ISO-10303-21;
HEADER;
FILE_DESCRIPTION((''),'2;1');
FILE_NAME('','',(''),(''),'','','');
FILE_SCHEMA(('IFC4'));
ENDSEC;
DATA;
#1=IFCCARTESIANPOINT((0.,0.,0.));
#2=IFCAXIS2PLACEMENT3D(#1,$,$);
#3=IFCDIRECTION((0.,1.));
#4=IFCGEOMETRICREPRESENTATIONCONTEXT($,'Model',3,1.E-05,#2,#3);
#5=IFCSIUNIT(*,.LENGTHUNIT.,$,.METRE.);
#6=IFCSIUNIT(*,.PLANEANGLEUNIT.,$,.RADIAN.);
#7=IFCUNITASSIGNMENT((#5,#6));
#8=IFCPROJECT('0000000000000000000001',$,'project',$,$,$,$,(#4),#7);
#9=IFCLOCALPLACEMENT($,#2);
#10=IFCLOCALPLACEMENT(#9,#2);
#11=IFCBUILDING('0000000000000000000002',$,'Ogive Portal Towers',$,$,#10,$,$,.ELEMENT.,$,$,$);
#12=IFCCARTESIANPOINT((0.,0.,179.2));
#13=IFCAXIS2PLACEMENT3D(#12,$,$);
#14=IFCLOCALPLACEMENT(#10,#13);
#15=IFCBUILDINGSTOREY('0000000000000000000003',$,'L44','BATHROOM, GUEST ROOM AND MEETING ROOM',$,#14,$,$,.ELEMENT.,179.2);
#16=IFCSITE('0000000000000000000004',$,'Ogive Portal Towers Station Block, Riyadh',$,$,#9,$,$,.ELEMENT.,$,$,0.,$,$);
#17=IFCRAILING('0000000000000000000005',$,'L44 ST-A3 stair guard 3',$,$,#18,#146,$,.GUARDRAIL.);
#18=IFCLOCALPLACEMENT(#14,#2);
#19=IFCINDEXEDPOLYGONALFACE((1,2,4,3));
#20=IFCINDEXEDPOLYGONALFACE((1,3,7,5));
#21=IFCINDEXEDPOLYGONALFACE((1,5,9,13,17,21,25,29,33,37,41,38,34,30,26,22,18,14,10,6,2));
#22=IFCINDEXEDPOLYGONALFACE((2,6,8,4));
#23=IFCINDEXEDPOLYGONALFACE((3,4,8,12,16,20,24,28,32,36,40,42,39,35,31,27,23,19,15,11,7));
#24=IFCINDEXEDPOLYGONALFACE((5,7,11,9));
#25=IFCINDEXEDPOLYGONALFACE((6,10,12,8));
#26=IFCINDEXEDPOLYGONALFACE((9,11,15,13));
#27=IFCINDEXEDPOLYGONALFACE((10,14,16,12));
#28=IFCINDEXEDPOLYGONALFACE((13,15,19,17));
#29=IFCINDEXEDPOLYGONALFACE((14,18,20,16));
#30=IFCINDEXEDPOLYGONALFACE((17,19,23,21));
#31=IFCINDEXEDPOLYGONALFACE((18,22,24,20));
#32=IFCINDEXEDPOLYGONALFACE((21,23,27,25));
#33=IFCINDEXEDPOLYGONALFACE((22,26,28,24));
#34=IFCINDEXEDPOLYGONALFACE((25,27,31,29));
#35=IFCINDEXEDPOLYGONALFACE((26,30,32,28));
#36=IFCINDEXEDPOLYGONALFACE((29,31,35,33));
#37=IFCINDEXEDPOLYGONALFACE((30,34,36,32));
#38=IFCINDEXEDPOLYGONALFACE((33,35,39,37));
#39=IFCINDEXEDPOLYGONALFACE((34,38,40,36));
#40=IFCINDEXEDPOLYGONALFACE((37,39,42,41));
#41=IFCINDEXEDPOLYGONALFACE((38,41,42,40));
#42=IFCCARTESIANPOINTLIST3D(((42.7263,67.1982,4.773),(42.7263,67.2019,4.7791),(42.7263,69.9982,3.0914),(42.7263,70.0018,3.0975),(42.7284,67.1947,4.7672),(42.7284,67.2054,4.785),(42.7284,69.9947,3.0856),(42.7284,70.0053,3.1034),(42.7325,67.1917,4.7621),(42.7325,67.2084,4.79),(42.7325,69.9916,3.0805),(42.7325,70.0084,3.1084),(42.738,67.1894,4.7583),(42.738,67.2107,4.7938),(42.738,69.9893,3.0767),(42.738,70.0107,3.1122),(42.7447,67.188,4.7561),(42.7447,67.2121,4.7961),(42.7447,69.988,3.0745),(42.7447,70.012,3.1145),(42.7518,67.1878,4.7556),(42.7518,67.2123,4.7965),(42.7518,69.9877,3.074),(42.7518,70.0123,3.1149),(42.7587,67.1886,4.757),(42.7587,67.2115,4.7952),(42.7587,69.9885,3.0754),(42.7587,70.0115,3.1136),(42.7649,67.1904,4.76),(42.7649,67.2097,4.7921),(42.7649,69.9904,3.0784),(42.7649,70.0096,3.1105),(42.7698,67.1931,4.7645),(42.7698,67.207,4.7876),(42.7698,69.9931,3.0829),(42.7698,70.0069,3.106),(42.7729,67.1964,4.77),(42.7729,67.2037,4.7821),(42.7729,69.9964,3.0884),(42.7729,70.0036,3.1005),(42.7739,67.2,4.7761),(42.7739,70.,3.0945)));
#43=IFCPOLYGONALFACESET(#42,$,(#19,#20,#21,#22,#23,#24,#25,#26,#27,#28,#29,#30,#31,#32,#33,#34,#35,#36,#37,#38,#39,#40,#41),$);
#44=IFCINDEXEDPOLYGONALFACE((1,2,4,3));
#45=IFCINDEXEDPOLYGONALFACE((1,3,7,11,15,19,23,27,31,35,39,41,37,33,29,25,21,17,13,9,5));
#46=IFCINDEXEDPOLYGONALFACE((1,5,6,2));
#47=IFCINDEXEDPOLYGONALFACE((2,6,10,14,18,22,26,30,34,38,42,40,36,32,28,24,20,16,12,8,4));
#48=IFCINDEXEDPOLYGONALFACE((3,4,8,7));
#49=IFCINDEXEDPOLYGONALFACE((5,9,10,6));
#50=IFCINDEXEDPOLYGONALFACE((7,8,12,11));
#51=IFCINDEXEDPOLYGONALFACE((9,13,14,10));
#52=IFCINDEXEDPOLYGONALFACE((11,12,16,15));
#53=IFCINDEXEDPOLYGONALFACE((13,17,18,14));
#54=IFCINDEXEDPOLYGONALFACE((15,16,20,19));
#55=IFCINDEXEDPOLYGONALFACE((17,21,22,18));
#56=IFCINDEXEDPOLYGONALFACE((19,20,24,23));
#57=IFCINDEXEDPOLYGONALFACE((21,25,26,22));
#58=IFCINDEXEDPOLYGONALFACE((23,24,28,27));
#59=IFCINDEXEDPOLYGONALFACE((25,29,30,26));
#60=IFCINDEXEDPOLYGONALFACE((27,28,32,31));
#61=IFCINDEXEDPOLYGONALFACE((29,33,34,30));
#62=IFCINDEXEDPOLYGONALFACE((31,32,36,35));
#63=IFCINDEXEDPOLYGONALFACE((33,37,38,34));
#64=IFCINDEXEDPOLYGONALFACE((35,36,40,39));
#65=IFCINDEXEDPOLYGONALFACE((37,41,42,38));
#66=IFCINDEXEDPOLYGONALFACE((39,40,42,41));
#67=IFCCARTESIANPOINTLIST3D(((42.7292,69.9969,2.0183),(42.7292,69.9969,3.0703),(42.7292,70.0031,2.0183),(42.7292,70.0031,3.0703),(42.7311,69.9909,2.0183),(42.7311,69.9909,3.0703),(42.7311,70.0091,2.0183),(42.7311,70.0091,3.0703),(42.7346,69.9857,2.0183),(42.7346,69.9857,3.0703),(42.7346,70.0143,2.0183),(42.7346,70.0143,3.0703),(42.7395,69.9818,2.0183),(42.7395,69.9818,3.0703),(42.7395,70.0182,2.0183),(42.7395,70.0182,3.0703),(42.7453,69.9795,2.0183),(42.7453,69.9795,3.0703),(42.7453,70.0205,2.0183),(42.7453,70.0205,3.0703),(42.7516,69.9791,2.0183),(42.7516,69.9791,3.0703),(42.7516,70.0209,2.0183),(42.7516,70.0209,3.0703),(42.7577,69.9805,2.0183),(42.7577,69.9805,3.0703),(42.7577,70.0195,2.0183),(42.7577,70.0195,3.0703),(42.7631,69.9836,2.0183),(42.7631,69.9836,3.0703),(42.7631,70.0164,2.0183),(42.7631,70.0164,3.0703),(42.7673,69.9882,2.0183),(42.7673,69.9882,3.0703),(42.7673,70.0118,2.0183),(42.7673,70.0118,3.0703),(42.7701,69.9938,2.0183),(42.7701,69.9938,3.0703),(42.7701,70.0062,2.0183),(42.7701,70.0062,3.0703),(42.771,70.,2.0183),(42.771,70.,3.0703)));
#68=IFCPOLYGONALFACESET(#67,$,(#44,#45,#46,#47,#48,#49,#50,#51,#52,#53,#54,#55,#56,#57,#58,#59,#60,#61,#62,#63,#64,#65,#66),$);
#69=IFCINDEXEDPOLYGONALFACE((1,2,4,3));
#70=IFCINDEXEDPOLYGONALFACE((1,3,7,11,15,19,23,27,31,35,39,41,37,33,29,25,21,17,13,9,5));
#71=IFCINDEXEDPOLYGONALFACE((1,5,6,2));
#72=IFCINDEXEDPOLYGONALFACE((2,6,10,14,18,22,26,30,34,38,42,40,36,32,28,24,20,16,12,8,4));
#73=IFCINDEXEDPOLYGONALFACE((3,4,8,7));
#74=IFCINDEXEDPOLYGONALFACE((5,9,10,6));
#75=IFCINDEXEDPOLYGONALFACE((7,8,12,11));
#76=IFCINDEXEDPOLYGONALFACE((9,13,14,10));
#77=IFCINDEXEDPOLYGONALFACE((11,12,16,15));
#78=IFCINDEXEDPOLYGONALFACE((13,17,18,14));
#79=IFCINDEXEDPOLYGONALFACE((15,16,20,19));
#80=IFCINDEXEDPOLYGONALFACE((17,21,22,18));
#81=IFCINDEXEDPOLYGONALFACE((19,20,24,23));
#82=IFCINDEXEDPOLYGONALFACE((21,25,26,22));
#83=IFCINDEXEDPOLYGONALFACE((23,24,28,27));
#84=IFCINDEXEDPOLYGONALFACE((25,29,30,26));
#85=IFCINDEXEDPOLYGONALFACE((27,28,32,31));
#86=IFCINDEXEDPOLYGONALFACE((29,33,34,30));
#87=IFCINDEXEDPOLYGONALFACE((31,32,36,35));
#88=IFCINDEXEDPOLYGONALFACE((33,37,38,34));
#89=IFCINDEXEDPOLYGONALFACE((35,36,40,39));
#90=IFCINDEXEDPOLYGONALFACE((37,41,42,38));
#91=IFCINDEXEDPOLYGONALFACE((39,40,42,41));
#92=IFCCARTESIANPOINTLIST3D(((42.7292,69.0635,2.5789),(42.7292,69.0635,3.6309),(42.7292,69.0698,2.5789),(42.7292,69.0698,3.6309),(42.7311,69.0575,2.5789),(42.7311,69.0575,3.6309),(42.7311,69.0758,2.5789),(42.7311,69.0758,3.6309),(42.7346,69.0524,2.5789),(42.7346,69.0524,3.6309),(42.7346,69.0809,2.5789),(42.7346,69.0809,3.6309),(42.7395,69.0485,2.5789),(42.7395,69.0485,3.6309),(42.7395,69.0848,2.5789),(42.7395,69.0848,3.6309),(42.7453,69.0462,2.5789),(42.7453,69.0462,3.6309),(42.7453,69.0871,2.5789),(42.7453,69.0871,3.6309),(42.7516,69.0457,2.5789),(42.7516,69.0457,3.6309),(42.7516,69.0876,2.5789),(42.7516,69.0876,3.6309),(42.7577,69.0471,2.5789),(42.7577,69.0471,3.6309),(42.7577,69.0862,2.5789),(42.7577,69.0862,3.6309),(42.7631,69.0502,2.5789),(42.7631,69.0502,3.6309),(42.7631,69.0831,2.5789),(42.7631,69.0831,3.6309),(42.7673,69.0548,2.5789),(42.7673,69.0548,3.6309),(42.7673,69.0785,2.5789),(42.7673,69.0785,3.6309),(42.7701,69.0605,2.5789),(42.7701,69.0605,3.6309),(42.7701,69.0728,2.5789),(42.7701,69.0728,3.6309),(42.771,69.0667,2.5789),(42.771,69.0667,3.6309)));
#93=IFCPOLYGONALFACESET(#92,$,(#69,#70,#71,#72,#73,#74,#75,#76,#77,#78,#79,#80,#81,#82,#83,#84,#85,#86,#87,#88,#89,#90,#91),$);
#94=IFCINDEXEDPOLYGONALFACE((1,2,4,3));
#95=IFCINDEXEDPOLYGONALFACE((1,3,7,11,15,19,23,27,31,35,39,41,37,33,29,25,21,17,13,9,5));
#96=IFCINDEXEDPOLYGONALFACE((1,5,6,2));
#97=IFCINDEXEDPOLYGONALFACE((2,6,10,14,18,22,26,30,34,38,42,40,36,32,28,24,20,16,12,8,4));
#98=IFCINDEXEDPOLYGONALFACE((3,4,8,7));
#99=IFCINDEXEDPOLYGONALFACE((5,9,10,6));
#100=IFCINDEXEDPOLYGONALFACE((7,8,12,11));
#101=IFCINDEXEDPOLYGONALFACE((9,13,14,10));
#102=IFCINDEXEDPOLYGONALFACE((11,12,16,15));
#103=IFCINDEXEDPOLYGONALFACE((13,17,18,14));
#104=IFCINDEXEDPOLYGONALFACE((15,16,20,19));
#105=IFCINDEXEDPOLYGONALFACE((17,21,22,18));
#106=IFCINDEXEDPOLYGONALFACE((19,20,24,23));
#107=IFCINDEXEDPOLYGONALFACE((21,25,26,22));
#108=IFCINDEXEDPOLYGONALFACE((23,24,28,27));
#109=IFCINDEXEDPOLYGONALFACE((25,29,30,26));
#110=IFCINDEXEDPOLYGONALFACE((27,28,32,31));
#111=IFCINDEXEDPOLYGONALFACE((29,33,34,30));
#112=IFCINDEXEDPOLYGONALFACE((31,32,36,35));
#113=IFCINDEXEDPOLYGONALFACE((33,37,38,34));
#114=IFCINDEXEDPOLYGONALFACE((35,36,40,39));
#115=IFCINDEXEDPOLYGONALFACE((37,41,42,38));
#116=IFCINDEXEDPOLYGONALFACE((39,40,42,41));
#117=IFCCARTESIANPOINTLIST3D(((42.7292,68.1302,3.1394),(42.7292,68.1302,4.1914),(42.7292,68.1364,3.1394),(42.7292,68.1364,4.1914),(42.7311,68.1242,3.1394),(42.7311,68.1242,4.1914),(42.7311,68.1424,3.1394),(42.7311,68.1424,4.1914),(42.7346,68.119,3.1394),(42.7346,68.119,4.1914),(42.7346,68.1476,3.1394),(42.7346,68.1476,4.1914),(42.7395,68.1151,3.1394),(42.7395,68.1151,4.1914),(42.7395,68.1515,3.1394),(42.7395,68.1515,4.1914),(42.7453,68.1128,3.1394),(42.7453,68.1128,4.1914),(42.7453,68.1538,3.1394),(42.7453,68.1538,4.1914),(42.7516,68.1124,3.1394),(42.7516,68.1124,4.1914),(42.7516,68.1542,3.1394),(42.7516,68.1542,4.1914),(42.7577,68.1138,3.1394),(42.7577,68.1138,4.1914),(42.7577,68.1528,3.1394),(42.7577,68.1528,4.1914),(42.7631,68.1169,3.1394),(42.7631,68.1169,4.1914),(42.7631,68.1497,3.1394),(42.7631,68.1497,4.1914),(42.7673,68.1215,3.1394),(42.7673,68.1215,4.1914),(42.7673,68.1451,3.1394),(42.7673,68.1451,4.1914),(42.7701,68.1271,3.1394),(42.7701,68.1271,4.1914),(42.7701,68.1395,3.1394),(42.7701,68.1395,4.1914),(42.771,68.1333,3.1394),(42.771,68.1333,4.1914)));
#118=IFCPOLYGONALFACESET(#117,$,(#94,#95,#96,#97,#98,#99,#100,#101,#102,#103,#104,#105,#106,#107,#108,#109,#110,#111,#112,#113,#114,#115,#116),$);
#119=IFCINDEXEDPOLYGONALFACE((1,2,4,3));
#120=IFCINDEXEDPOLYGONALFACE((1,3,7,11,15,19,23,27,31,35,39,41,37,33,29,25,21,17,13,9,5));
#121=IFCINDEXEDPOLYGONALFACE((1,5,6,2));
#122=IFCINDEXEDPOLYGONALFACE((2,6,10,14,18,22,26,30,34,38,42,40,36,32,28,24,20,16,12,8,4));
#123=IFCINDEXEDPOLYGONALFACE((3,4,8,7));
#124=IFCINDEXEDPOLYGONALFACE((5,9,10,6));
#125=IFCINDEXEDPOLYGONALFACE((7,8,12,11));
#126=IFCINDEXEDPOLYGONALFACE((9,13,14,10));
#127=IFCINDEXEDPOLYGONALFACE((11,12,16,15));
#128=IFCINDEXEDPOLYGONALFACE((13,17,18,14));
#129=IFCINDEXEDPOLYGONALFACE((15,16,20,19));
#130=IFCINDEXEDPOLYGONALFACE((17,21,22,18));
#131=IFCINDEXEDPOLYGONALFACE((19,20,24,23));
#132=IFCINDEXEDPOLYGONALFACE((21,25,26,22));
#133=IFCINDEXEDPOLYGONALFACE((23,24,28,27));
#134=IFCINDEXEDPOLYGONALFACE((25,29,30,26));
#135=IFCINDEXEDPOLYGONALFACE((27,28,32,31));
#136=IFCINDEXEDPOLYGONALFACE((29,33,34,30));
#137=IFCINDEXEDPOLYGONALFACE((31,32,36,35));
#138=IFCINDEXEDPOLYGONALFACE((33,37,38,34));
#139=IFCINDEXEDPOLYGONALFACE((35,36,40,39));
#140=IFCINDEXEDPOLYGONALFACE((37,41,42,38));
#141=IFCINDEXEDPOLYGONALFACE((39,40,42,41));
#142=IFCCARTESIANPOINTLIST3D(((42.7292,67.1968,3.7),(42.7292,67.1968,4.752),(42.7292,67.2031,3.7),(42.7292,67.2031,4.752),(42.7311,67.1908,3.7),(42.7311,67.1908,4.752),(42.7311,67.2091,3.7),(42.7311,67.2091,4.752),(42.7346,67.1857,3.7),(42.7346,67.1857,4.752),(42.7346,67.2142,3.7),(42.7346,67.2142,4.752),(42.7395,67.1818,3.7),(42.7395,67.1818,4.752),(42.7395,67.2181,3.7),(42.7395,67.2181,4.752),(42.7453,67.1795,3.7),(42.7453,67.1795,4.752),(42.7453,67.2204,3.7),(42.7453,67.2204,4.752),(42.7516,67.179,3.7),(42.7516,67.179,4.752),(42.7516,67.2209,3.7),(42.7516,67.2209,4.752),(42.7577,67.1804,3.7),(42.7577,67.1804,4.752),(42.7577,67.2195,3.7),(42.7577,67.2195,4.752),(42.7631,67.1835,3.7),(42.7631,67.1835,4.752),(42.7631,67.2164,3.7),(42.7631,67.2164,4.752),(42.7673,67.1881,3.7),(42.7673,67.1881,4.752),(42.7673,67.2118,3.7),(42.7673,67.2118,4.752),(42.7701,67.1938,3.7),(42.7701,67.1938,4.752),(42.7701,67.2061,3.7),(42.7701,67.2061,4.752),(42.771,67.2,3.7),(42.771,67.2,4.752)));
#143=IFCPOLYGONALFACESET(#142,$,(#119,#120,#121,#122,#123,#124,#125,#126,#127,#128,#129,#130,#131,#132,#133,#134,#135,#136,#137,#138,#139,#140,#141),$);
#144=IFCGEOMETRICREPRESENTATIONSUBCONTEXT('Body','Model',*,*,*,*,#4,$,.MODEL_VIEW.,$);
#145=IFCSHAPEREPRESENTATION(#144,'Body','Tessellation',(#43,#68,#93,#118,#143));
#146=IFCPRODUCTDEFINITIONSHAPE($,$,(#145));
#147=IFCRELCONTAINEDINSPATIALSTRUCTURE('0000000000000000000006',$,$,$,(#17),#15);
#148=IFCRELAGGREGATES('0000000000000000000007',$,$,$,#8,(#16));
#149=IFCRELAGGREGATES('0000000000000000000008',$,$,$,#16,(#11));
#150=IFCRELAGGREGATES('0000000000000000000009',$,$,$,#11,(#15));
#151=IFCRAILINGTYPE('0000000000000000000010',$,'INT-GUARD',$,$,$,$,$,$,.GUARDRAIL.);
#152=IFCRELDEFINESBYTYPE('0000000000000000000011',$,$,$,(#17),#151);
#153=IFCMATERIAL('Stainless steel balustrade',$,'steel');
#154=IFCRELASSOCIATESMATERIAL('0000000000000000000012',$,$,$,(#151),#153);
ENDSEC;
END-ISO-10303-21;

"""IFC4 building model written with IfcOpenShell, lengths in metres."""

from ifc_helpers import new_model, si_unit, direction, frame, origin, origin_2d, place, context, subcontext, project, spatial, circle, extrude, material, type_object, element, save


model = new_model("IFC4")

# Units and contexts
model_context = context("Model", 3, precision=1e-05, world=origin(), true_north=direction((0.0, 1.0)))
body_context = subcontext(model_context, "Body", "Model", "MODEL_VIEW")
ifc_project = project(units=[si_unit("LENGTHUNIT", "METRE"), si_unit("PLANEANGLEUNIT", "RADIAN")], contexts=[model_context])

# Site, building, storey
site_placement = place(None, origin())
site = spatial("IfcSite", under=ifc_project, at=site_placement, Name="Ogive Portal Towers Station Block, Riyadh", CompositionType="ELEMENT", RefElevation=0.0)
building_placement = place(site_placement, origin())
building = spatial("IfcBuilding", under=site, at=building_placement, Name="Ogive Portal Towers", CompositionType="ELEMENT")
storey_placement = place(building_placement, frame((0.0, 0.0, 179.2)))
storey = spatial("IfcBuildingStorey", under=building, at=storey_placement, Name="L44", Description="BATHROOM, GUEST ROOM AND MEETING ROOM", CompositionType="ELEMENT", Elevation=179.2)

# Railing
ifc_material_1 = material(Name="Stainless steel balustrade", Category="steel")
railing_type_1 = type_object("IfcRailingType", Name="INT-GUARD", PredefinedType="GUARDRAIL", material=ifc_material_1)
railing_1_placement = place(storey_placement, frame((42.75, 70.0, 2.0183)))
element("IfcRailing", 1, at=railing_1_placement, inside=storey, type_object=railing_type_1, Name="L44 ST-A3 stair guard 3", PredefinedType="GUARDRAIL", context=body_context, shape_type="SweptSolid", body=[
    extrude(circle(Radius=0.0239, at=origin_2d()), frame((0.0, 0.0, 1.0762), z_axis=(0.0, -0.857275, 0.514858), x_axis=(1.0, 0.0, 0.0)), (0.0, 0.0, 1.0), 3.2661),
    extrude(circle(Radius=0.021, at=origin_2d()), origin(), (0.0, 0.0, 1.0), 1.052),
    extrude(circle(Radius=0.021, at=origin_2d()), frame((0.0, -0.9333, 0.5605)), (0.0, 0.0, 1.0), 1.052),
    extrude(circle(Radius=0.021, at=origin_2d()), frame((0.0, -1.8667, 1.1211)), (0.0, 0.0, 1.0), 1.052),
    extrude(circle(Radius=0.021, at=origin_2d()), frame((0.0, -2.8, 1.6816)), (0.0, 0.0, 1.0), 1.052),
])

save(model, "model.ifc")
